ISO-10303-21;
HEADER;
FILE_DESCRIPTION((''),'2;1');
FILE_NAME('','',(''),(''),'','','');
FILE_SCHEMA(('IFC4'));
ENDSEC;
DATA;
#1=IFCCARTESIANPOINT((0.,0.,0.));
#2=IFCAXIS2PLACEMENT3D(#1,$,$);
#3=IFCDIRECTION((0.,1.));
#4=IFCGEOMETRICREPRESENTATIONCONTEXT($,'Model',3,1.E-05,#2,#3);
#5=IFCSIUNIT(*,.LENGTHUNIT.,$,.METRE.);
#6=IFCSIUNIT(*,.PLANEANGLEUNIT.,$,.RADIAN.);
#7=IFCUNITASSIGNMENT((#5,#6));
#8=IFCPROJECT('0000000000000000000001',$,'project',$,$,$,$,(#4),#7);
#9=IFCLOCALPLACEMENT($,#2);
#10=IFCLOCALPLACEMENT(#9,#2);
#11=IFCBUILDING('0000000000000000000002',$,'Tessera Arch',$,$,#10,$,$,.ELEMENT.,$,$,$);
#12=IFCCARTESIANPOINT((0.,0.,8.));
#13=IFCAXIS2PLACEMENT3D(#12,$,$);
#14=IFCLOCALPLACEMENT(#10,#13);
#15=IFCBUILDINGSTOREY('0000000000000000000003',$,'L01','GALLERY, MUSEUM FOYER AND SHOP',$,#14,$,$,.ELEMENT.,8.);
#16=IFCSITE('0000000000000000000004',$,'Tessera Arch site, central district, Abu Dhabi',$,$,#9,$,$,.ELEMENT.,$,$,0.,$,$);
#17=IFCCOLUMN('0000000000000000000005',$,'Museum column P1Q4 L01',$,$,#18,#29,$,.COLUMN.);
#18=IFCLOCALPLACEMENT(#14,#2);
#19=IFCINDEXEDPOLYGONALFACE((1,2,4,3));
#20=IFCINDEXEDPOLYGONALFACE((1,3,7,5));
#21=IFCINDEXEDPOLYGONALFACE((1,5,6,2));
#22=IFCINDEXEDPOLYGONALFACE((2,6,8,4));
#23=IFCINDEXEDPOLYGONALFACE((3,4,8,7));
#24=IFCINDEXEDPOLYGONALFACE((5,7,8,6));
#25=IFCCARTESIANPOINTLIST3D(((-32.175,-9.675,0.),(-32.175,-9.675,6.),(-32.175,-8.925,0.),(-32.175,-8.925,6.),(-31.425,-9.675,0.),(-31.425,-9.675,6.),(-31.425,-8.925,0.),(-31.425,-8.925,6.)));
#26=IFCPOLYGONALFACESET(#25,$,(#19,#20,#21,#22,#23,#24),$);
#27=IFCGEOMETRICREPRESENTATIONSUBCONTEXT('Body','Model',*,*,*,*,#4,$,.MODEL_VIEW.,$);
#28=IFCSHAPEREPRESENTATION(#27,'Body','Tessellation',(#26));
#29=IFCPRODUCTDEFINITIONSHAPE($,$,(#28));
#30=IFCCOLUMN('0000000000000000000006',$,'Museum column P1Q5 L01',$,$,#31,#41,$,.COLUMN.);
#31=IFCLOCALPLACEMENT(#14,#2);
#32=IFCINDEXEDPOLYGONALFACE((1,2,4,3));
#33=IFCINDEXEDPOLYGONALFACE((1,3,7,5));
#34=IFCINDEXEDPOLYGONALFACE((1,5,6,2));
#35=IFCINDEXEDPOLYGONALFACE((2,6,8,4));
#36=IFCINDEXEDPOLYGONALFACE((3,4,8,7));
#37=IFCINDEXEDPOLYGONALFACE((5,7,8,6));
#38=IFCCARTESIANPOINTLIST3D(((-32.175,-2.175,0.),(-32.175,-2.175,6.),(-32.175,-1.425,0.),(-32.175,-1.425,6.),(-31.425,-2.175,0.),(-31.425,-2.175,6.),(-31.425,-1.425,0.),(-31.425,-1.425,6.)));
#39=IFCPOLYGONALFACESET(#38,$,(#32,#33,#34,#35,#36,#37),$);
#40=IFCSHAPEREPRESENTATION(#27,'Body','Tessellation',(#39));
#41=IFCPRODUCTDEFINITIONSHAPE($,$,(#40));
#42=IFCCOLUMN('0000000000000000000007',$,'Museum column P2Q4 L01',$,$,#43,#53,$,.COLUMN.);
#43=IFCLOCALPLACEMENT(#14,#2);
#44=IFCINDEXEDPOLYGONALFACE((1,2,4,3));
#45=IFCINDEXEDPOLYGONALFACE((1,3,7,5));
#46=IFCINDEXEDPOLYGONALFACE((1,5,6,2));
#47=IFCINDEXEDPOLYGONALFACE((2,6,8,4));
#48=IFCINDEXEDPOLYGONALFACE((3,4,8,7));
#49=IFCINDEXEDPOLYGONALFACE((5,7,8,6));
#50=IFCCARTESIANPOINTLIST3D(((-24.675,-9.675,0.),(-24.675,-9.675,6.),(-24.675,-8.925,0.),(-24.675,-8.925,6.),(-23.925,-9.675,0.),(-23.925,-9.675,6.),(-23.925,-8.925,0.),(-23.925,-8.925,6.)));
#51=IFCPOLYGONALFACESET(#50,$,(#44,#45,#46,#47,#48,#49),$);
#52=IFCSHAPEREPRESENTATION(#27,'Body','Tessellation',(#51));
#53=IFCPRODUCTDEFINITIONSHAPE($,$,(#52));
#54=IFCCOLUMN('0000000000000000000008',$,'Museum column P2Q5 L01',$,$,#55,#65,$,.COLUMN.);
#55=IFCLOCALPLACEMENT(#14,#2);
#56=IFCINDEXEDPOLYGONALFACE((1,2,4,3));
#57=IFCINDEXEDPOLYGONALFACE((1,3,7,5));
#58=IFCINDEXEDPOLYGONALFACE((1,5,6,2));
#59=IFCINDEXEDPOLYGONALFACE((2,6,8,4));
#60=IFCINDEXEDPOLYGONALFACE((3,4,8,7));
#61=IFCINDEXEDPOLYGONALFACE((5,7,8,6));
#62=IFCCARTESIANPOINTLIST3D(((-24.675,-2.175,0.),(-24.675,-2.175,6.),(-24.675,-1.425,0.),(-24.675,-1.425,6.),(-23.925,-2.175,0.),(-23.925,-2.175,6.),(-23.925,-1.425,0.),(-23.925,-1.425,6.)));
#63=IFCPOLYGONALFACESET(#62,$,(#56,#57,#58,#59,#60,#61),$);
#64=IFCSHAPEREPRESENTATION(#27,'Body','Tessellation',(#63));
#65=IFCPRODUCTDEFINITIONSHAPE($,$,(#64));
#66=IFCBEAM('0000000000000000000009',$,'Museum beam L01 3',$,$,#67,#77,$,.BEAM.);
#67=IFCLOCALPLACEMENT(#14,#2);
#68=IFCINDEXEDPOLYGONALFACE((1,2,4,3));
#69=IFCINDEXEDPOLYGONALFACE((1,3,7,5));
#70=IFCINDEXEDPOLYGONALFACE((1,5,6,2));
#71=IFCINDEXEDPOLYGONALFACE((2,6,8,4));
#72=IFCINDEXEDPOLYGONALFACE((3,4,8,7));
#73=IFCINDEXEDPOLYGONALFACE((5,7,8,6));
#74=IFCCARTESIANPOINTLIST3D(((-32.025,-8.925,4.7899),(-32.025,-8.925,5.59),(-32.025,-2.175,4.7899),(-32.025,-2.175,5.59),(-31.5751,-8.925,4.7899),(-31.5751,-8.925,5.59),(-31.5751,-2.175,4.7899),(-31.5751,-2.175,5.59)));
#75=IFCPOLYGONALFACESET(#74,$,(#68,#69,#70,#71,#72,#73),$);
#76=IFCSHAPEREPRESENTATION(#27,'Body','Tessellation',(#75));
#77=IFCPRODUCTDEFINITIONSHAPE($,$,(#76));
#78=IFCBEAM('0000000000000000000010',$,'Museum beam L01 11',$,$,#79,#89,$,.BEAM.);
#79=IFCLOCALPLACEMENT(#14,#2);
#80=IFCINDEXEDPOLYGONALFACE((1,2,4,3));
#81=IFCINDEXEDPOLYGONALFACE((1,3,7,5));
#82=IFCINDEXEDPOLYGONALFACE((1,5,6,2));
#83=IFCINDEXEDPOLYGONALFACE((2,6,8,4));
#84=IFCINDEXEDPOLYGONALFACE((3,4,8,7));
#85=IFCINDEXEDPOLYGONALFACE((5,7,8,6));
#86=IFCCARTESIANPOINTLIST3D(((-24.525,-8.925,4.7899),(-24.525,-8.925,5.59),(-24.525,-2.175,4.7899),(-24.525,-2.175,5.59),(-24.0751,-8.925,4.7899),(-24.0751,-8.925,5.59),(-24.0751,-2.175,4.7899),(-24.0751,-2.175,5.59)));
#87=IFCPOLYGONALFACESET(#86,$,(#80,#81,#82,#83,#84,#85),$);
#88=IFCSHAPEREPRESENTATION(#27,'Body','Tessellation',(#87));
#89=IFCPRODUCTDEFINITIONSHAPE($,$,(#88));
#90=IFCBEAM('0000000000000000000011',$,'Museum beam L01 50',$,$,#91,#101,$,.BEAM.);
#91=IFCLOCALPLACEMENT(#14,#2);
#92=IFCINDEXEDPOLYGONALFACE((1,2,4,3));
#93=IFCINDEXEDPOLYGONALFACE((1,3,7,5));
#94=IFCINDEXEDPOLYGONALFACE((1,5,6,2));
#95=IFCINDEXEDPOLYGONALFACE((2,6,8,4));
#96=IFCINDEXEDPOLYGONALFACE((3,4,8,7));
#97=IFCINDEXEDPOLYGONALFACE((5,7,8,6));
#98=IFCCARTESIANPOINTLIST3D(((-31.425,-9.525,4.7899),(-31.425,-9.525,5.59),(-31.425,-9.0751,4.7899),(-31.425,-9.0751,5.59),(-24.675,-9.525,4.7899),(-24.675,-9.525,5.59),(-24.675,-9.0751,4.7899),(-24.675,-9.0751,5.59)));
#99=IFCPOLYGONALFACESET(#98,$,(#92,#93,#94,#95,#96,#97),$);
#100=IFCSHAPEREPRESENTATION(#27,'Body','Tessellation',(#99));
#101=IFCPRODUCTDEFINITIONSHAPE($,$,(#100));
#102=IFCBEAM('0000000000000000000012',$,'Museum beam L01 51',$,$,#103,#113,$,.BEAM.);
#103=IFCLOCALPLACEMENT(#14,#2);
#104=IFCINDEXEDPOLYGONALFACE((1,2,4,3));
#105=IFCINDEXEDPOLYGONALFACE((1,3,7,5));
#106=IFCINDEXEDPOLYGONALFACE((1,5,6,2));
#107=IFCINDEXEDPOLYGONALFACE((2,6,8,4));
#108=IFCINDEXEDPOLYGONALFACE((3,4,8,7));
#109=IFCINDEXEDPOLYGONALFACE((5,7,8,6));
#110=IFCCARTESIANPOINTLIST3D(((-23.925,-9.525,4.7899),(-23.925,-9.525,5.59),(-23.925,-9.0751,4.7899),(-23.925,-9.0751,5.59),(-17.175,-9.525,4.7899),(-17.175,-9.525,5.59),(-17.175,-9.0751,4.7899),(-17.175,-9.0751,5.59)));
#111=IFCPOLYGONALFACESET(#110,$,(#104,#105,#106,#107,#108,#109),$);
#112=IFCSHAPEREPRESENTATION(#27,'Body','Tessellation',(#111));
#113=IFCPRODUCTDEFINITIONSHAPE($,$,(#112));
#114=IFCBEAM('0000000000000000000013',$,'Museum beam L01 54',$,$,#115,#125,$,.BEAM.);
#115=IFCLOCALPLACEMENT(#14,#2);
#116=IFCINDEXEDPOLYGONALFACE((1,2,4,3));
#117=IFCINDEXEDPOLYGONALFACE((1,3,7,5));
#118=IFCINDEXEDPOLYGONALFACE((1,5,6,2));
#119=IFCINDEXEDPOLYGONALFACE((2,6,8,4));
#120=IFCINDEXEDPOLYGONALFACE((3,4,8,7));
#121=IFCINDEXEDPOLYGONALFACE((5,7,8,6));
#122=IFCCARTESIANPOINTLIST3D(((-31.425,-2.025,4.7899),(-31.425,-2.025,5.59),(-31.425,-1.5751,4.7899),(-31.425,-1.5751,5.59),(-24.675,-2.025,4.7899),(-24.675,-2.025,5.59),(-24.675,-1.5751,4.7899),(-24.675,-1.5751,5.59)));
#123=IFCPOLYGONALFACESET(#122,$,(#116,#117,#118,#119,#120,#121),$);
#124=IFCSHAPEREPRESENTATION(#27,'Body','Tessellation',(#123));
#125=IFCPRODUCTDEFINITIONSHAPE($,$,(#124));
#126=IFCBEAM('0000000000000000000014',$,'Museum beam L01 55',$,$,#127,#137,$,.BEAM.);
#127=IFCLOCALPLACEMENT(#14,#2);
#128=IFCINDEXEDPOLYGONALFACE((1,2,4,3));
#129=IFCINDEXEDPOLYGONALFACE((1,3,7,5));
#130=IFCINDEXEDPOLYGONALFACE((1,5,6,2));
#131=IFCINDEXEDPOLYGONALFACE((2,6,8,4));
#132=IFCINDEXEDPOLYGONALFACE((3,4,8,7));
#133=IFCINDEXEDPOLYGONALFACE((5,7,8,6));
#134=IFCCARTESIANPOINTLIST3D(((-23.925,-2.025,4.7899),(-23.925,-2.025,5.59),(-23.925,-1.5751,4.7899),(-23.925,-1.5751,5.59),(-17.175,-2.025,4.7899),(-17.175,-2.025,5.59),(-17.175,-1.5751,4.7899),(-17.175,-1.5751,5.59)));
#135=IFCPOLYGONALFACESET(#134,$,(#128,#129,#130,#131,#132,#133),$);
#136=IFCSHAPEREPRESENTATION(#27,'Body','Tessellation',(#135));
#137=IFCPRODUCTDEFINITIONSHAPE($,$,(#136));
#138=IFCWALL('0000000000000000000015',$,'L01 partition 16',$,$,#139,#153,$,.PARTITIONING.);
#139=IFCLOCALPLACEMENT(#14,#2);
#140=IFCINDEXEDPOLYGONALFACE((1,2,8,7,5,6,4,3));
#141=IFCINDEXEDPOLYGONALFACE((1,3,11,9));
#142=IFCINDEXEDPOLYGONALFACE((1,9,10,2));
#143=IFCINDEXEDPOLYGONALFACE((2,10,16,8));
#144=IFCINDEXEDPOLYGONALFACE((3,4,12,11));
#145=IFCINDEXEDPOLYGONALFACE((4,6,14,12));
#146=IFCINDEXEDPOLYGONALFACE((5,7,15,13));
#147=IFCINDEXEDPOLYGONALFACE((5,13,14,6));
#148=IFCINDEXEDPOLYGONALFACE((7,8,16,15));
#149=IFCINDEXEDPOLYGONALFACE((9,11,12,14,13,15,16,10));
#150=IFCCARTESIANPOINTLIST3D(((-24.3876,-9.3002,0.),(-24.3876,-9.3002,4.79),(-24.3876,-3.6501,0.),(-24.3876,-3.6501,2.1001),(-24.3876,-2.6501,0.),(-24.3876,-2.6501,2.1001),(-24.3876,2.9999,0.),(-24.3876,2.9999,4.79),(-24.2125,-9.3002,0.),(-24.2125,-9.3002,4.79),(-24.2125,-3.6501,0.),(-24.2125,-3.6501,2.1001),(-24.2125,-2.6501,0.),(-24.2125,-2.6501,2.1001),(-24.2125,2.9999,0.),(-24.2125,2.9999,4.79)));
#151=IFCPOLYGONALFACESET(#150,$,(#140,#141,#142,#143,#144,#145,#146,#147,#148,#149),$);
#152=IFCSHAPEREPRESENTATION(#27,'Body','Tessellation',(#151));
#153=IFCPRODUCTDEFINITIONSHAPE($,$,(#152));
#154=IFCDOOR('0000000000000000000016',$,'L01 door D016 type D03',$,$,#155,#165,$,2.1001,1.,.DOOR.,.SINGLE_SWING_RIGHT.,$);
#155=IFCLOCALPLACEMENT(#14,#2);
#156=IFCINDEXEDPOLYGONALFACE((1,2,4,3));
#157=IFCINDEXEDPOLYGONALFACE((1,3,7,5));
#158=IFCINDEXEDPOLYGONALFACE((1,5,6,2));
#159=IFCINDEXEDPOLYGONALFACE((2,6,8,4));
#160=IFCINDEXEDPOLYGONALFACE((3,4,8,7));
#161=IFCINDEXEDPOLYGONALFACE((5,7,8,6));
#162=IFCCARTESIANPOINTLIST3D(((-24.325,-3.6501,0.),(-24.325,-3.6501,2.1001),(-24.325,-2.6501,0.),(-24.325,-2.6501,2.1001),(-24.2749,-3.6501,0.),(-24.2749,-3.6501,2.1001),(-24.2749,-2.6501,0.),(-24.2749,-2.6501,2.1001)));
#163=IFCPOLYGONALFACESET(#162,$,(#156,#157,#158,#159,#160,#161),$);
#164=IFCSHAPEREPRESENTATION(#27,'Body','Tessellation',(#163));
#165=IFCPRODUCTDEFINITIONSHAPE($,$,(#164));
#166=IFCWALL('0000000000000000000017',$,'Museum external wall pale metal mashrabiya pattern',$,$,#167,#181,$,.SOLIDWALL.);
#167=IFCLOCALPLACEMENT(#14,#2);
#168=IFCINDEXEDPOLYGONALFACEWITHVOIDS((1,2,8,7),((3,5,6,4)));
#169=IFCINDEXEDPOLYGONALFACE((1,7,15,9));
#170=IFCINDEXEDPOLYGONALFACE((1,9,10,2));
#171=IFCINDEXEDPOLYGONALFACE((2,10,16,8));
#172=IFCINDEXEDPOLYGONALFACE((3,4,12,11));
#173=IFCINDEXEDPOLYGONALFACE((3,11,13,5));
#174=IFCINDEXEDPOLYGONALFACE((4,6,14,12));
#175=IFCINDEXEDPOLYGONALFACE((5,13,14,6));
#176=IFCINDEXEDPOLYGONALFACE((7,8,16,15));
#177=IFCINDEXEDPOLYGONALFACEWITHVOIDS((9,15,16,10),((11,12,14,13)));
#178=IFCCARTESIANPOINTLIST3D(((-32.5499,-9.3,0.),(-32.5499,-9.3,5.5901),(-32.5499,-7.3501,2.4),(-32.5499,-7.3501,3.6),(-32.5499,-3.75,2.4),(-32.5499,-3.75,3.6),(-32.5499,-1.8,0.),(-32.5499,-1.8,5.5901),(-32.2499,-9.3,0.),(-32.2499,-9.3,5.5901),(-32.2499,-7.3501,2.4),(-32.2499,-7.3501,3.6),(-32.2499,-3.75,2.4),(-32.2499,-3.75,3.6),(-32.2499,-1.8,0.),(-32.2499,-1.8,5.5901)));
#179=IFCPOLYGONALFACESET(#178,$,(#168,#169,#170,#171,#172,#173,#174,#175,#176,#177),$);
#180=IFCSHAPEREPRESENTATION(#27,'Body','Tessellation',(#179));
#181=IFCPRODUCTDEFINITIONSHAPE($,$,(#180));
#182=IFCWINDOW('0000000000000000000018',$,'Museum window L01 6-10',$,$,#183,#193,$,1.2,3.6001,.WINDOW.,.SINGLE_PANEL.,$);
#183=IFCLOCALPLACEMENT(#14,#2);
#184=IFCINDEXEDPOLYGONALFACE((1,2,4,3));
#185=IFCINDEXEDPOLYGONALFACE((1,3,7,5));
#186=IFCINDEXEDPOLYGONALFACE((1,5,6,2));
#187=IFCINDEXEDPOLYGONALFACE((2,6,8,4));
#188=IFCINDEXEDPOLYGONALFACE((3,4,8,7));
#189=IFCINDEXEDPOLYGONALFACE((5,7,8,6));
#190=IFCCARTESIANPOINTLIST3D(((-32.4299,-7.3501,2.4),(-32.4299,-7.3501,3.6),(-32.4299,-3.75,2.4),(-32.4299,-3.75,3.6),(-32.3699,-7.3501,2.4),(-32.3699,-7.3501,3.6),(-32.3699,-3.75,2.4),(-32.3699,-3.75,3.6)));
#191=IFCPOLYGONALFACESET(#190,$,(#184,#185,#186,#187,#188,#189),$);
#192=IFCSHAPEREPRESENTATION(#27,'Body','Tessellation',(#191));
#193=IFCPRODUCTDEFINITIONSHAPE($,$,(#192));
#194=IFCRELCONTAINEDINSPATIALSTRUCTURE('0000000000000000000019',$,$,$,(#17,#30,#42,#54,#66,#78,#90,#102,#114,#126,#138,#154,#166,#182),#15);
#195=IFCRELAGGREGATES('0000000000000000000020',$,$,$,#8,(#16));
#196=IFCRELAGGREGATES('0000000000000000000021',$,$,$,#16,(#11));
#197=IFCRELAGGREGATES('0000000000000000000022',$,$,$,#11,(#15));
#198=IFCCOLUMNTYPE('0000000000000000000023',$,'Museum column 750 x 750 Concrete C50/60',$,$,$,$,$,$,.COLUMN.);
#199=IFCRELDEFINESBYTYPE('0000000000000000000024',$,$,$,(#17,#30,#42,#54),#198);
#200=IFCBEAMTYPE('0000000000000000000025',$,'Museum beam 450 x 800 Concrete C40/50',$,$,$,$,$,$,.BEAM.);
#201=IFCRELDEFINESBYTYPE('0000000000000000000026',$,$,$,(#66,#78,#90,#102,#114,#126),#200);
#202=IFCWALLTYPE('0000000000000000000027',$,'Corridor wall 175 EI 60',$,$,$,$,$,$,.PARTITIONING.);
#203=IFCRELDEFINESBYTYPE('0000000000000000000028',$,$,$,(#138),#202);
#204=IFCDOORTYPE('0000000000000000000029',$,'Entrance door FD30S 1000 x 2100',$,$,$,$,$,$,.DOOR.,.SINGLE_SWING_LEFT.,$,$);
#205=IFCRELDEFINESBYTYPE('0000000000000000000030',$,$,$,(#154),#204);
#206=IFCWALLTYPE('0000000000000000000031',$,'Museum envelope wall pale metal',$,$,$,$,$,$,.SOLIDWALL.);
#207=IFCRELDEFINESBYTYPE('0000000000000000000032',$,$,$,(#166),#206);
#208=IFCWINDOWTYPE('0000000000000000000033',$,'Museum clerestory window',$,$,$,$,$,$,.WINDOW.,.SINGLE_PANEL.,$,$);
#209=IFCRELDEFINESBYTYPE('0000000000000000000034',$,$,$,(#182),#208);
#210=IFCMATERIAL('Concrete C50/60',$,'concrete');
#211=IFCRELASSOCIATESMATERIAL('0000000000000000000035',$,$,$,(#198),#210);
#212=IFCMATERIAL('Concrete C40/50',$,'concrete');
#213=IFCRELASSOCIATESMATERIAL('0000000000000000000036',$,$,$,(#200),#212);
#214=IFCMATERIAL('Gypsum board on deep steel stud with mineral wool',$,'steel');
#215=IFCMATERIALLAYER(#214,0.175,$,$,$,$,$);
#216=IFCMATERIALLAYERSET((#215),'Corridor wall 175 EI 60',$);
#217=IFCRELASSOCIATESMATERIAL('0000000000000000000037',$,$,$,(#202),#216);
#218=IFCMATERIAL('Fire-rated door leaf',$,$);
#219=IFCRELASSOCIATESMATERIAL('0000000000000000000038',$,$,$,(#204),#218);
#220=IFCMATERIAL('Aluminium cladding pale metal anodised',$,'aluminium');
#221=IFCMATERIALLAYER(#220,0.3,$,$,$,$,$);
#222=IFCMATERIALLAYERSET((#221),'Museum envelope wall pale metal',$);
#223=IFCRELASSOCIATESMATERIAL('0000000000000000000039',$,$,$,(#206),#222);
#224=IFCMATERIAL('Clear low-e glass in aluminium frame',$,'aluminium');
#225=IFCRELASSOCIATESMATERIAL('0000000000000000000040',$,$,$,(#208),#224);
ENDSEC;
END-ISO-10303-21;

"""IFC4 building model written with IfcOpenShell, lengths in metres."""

from ifc_helpers import new_model, si_unit, direction, frame, frame_2d, origin, origin_2d, place, context, subcontext, project, spatial, rectangle, extrude, material, layer, layer_set, material_profile, profile_set, type_object, element, fill, save


model = new_model("IFC4")

# Units and contexts
model_context = context("Model", 3, precision=1e-05, world=origin(), true_north=direction((0.0, 1.0)))
body_context = subcontext(model_context, "Body", "Model", "MODEL_VIEW")
ifc_project = project(units=[si_unit("LENGTHUNIT", "METRE"), si_unit("PLANEANGLEUNIT", "RADIAN")], contexts=[model_context])

# Site, building, storey
site_placement = place(None, origin())
site = spatial("IfcSite", under=ifc_project, at=site_placement, Name="Tessera Arch site, central district, Abu Dhabi", CompositionType="ELEMENT", RefElevation=0.0)
building_placement = place(site_placement, origin())
building = spatial("IfcBuilding", under=site, at=building_placement, Name="Tessera Arch", CompositionType="ELEMENT")
storey_placement = place(building_placement, frame((0.0, 0.0, 8.0)))
storey = spatial("IfcBuildingStorey", under=building, at=storey_placement, Name="L01", Description="GALLERY, MUSEUM FOYER AND SHOP", CompositionType="ELEMENT", Elevation=8.0)

# Columns
ifc_material_1 = material(Name="Concrete C50/60", Category="concrete")
ifc_material_profile_1 = material_profile(ifc_material_1, rectangle(XDim=0.75, YDim=0.75, at=origin_2d()), Name="Museum column 750 x 750 Concrete C50/60")
ifc_profile_set_1 = profile_set([ifc_material_profile_1], Name="Concrete C50/60")
column_type = type_object("IfcColumnType", Name="Museum column 750 x 750 Concrete C50/60", PredefinedType="COLUMN", material=ifc_profile_set_1)
for number, where, z_axis, x_axis, name in (
    (1, (-31.8, -9.3, 0.0), (0.0, 0.0, 1.0), (1.0, 0.0, 0.0), "Museum column P1Q4 L01"),
    (2, (-31.8, -1.8, 0.0), (0.0, 0.0, 1.0), (1.0, 0.0, 0.0), "Museum column P1Q5 L01"),
    (3, (-24.3, -9.3, 0.0), (0.0, 0.0, 1.0), (1.0, 0.0, 0.0), "Museum column P2Q4 L01"),
    (4, (-24.3, -1.8, 0.0), (0.0, 0.0, 1.0), (1.0, 0.0, 0.0), "Museum column P2Q5 L01"),
):
    element("IfcColumn", number, at=place(storey_placement, frame(where, z_axis=z_axis, x_axis=x_axis)), inside=storey, type_object=column_type, Name=name, PredefinedType="COLUMN", context=body_context, shape_type="SweptSolid", body=[
        extrude(rectangle(XDim=0.75, YDim=0.75, at=origin_2d()), origin(), (0.0, 0.0, 1.0), 6.0),
    ])

# Beams
ifc_material_2 = material(Name="Concrete C40/50", Category="concrete")
ifc_material_profile_2 = material_profile(ifc_material_2, rectangle(XDim=0.45, YDim=0.8, at=origin_2d()), Name="Museum beam 450 x 800 Concrete C40/50")
ifc_profile_set_2 = profile_set([ifc_material_profile_2], Name="Concrete C40/50")
beam_type = type_object("IfcBeamType", Name="Museum beam 450 x 800 Concrete C40/50", PredefinedType="BEAM", material=ifc_profile_set_2)
for number, where, z_axis, x_axis, name in (
    (5, (-31.8, -8.925, 5.1899), (0.0, 1.0, 0.0), (-1.0, 0.0, 0.0), "Museum beam L01 3"),
    (6, (-24.3, -8.925, 5.1899), (0.0, 1.0, 0.0), (-1.0, 0.0, 0.0), "Museum beam L01 11"),
    (7, (-31.425, -9.3, 5.1899), (1.0, 0.0, 0.0), (0.0, 1.0, 0.0), "Museum beam L01 50"),
    (8, (-23.925, -9.3, 5.1899), (1.0, 0.0, 0.0), (0.0, 1.0, 0.0), "Museum beam L01 51"),
    (9, (-31.425, -1.8, 5.1899), (1.0, 0.0, 0.0), (0.0, 1.0, 0.0), "Museum beam L01 54"),
    (10, (-23.925, -1.8, 5.1899), (1.0, 0.0, 0.0), (0.0, 1.0, 0.0), "Museum beam L01 55"),
):
    element("IfcBeam", number, at=place(storey_placement, frame(where, z_axis=z_axis, x_axis=x_axis)), inside=storey, type_object=beam_type, Name=name, PredefinedType="BEAM", context=body_context, shape_type="SweptSolid", body=[
        extrude(rectangle(XDim=0.45, YDim=0.8, at=origin_2d()), origin(), (0.0, 0.0, 1.0), 6.75),
    ])

# Wall, opening, door
ifc_material_3 = material(Name="Gypsum board on deep steel stud with mineral wool", Category="steel")
ifc_layer_1 = layer(ifc_material_3, 0.175)
ifc_layer_set_1 = layer_set([ifc_layer_1], Name="Corridor wall 175 EI 60")
wall_type_1 = type_object("IfcWallType", Name="Corridor wall 175 EI 60", PredefinedType="PARTITIONING", material=ifc_layer_set_1)
wall_1_placement = place(storey_placement, frame((-24.3, -9.3, 0.0), z_axis=(0.0, 0.0, 1.0), x_axis=(0.0, 1.0, 0.0)))
wall_1 = element("IfcWall", 11, at=wall_1_placement, inside=storey, type_object=wall_type_1, Name="L01 partition 16", PredefinedType="PARTITIONING", context=body_context, shape_type="SweptSolid", body=[
    extrude(rectangle(XDim=12.3, YDim=0.175, at=frame_2d((6.1499, 0.0))), origin(), (0.0, 0.0, 1.0), 4.79),
])
opening_1_placement = place(wall_1_placement, frame((5.6499, 0.0, 0.0)))
opening_1 = element("IfcOpeningElement", 12, at=opening_1_placement, cuts=wall_1, PredefinedType="OPENING", context=body_context, shape_type="SweptSolid", body=[
    extrude(rectangle(XDim=1.0, YDim=2.1001, at=frame_2d((0.5, 1.05))), frame((0.0, 0.0974, 0.0), z_axis=(0.0, -1.0, 0.0), x_axis=(1.0, 0.0, 0.0)), (0.0, 0.0, 1.0), 0.1951),
])
ifc_material_4 = material(Name="Fire-rated door leaf")
door_type = type_object("IfcDoorType", Name="Entrance door FD30S 1000 x 2100", OperationType="SINGLE_SWING_LEFT", PredefinedType="DOOR", material=ifc_material_4)
door_1_placement = place(opening_1_placement, origin())
door_1 = element("IfcDoor", 13, at=door_1_placement, inside=storey, type_object=door_type, Name="L01 door D016 type D03", OperationType="SINGLE_SWING_RIGHT", OverallHeight=2.1001, OverallWidth=1.0, PredefinedType="DOOR", context=body_context, shape_type="SweptSolid", body=[
    extrude(rectangle(XDim=1.0, YDim=2.1001, at=frame_2d((0.5, 1.05))), frame((0.0, 0.0249, 0.0), z_axis=(0.0, -1.0, 0.0), x_axis=(1.0, 0.0, 0.0)), (0.0, 0.0, 1.0), 0.05),
])
fill(opening_1, door_1)

# Wall, opening, window
ifc_material_5 = material(Name="Aluminium cladding pale metal anodised", Category="aluminium")
ifc_layer_2 = layer(ifc_material_5, 0.3)
ifc_layer_set_2 = layer_set([ifc_layer_2], Name="Museum envelope wall pale metal")
wall_type_2 = type_object("IfcWallType", Name="Museum envelope wall pale metal", PredefinedType="SOLIDWALL", material=ifc_layer_set_2)
wall_2_placement = place(storey_placement, frame((-32.3999, -1.8, 0.0), z_axis=(0.0, 0.0, 1.0), x_axis=(0.0, -1.0, 0.0)))
wall_2 = element("IfcWall", 14, at=wall_2_placement, inside=storey, type_object=wall_type_2, Name="Museum external wall pale metal mashrabiya pattern", PredefinedType="SOLIDWALL", context=body_context, shape_type="SweptSolid", body=[
    extrude(rectangle(XDim=7.5, YDim=0.3, at=frame_2d((3.75, 0.0))), origin(), (0.0, 0.0, 1.0), 5.5901),
])
opening_2_placement = place(wall_2_placement, frame((1.95, 0.0, 2.3999)))
opening_2 = element("IfcOpeningElement", 15, at=opening_2_placement, cuts=wall_2, PredefinedType="OPENING", context=body_context, shape_type="SweptSolid", body=[
    extrude(rectangle(XDim=3.6001, YDim=1.2, at=frame_2d((1.8, 0.6001))), frame((0.0, 0.1599, 0.0), z_axis=(0.0, -1.0, 0.0), x_axis=(1.0, 0.0, 0.0)), (0.0, 0.0, 1.0), 0.3201),
])
ifc_material_6 = material(Name="Clear low-e glass in aluminium frame", Category="aluminium")
window_type = type_object("IfcWindowType", Name="Museum clerestory window", PartitioningType="SINGLE_PANEL", PredefinedType="WINDOW", material=ifc_material_6)
window_1_placement = place(opening_2_placement, origin())
window_1 = element("IfcWindow", 16, at=window_1_placement, inside=storey, type_object=window_type, Name="Museum window L01 6-10", OverallHeight=1.2, OverallWidth=3.6001, PartitioningType="SINGLE_PANEL", PredefinedType="WINDOW", context=body_context, shape_type="SweptSolid", body=[
    extrude(rectangle(XDim=3.6001, YDim=1.2, at=frame_2d((1.8, 0.6001))), frame((0.0, 0.03, 0.0), z_axis=(0.0, -1.0, 0.0), x_axis=(1.0, 0.0, 0.0)), (0.0, 0.0, 1.0), 0.0601),
])
fill(opening_2, window_1)

save(model, "model.ifc")
